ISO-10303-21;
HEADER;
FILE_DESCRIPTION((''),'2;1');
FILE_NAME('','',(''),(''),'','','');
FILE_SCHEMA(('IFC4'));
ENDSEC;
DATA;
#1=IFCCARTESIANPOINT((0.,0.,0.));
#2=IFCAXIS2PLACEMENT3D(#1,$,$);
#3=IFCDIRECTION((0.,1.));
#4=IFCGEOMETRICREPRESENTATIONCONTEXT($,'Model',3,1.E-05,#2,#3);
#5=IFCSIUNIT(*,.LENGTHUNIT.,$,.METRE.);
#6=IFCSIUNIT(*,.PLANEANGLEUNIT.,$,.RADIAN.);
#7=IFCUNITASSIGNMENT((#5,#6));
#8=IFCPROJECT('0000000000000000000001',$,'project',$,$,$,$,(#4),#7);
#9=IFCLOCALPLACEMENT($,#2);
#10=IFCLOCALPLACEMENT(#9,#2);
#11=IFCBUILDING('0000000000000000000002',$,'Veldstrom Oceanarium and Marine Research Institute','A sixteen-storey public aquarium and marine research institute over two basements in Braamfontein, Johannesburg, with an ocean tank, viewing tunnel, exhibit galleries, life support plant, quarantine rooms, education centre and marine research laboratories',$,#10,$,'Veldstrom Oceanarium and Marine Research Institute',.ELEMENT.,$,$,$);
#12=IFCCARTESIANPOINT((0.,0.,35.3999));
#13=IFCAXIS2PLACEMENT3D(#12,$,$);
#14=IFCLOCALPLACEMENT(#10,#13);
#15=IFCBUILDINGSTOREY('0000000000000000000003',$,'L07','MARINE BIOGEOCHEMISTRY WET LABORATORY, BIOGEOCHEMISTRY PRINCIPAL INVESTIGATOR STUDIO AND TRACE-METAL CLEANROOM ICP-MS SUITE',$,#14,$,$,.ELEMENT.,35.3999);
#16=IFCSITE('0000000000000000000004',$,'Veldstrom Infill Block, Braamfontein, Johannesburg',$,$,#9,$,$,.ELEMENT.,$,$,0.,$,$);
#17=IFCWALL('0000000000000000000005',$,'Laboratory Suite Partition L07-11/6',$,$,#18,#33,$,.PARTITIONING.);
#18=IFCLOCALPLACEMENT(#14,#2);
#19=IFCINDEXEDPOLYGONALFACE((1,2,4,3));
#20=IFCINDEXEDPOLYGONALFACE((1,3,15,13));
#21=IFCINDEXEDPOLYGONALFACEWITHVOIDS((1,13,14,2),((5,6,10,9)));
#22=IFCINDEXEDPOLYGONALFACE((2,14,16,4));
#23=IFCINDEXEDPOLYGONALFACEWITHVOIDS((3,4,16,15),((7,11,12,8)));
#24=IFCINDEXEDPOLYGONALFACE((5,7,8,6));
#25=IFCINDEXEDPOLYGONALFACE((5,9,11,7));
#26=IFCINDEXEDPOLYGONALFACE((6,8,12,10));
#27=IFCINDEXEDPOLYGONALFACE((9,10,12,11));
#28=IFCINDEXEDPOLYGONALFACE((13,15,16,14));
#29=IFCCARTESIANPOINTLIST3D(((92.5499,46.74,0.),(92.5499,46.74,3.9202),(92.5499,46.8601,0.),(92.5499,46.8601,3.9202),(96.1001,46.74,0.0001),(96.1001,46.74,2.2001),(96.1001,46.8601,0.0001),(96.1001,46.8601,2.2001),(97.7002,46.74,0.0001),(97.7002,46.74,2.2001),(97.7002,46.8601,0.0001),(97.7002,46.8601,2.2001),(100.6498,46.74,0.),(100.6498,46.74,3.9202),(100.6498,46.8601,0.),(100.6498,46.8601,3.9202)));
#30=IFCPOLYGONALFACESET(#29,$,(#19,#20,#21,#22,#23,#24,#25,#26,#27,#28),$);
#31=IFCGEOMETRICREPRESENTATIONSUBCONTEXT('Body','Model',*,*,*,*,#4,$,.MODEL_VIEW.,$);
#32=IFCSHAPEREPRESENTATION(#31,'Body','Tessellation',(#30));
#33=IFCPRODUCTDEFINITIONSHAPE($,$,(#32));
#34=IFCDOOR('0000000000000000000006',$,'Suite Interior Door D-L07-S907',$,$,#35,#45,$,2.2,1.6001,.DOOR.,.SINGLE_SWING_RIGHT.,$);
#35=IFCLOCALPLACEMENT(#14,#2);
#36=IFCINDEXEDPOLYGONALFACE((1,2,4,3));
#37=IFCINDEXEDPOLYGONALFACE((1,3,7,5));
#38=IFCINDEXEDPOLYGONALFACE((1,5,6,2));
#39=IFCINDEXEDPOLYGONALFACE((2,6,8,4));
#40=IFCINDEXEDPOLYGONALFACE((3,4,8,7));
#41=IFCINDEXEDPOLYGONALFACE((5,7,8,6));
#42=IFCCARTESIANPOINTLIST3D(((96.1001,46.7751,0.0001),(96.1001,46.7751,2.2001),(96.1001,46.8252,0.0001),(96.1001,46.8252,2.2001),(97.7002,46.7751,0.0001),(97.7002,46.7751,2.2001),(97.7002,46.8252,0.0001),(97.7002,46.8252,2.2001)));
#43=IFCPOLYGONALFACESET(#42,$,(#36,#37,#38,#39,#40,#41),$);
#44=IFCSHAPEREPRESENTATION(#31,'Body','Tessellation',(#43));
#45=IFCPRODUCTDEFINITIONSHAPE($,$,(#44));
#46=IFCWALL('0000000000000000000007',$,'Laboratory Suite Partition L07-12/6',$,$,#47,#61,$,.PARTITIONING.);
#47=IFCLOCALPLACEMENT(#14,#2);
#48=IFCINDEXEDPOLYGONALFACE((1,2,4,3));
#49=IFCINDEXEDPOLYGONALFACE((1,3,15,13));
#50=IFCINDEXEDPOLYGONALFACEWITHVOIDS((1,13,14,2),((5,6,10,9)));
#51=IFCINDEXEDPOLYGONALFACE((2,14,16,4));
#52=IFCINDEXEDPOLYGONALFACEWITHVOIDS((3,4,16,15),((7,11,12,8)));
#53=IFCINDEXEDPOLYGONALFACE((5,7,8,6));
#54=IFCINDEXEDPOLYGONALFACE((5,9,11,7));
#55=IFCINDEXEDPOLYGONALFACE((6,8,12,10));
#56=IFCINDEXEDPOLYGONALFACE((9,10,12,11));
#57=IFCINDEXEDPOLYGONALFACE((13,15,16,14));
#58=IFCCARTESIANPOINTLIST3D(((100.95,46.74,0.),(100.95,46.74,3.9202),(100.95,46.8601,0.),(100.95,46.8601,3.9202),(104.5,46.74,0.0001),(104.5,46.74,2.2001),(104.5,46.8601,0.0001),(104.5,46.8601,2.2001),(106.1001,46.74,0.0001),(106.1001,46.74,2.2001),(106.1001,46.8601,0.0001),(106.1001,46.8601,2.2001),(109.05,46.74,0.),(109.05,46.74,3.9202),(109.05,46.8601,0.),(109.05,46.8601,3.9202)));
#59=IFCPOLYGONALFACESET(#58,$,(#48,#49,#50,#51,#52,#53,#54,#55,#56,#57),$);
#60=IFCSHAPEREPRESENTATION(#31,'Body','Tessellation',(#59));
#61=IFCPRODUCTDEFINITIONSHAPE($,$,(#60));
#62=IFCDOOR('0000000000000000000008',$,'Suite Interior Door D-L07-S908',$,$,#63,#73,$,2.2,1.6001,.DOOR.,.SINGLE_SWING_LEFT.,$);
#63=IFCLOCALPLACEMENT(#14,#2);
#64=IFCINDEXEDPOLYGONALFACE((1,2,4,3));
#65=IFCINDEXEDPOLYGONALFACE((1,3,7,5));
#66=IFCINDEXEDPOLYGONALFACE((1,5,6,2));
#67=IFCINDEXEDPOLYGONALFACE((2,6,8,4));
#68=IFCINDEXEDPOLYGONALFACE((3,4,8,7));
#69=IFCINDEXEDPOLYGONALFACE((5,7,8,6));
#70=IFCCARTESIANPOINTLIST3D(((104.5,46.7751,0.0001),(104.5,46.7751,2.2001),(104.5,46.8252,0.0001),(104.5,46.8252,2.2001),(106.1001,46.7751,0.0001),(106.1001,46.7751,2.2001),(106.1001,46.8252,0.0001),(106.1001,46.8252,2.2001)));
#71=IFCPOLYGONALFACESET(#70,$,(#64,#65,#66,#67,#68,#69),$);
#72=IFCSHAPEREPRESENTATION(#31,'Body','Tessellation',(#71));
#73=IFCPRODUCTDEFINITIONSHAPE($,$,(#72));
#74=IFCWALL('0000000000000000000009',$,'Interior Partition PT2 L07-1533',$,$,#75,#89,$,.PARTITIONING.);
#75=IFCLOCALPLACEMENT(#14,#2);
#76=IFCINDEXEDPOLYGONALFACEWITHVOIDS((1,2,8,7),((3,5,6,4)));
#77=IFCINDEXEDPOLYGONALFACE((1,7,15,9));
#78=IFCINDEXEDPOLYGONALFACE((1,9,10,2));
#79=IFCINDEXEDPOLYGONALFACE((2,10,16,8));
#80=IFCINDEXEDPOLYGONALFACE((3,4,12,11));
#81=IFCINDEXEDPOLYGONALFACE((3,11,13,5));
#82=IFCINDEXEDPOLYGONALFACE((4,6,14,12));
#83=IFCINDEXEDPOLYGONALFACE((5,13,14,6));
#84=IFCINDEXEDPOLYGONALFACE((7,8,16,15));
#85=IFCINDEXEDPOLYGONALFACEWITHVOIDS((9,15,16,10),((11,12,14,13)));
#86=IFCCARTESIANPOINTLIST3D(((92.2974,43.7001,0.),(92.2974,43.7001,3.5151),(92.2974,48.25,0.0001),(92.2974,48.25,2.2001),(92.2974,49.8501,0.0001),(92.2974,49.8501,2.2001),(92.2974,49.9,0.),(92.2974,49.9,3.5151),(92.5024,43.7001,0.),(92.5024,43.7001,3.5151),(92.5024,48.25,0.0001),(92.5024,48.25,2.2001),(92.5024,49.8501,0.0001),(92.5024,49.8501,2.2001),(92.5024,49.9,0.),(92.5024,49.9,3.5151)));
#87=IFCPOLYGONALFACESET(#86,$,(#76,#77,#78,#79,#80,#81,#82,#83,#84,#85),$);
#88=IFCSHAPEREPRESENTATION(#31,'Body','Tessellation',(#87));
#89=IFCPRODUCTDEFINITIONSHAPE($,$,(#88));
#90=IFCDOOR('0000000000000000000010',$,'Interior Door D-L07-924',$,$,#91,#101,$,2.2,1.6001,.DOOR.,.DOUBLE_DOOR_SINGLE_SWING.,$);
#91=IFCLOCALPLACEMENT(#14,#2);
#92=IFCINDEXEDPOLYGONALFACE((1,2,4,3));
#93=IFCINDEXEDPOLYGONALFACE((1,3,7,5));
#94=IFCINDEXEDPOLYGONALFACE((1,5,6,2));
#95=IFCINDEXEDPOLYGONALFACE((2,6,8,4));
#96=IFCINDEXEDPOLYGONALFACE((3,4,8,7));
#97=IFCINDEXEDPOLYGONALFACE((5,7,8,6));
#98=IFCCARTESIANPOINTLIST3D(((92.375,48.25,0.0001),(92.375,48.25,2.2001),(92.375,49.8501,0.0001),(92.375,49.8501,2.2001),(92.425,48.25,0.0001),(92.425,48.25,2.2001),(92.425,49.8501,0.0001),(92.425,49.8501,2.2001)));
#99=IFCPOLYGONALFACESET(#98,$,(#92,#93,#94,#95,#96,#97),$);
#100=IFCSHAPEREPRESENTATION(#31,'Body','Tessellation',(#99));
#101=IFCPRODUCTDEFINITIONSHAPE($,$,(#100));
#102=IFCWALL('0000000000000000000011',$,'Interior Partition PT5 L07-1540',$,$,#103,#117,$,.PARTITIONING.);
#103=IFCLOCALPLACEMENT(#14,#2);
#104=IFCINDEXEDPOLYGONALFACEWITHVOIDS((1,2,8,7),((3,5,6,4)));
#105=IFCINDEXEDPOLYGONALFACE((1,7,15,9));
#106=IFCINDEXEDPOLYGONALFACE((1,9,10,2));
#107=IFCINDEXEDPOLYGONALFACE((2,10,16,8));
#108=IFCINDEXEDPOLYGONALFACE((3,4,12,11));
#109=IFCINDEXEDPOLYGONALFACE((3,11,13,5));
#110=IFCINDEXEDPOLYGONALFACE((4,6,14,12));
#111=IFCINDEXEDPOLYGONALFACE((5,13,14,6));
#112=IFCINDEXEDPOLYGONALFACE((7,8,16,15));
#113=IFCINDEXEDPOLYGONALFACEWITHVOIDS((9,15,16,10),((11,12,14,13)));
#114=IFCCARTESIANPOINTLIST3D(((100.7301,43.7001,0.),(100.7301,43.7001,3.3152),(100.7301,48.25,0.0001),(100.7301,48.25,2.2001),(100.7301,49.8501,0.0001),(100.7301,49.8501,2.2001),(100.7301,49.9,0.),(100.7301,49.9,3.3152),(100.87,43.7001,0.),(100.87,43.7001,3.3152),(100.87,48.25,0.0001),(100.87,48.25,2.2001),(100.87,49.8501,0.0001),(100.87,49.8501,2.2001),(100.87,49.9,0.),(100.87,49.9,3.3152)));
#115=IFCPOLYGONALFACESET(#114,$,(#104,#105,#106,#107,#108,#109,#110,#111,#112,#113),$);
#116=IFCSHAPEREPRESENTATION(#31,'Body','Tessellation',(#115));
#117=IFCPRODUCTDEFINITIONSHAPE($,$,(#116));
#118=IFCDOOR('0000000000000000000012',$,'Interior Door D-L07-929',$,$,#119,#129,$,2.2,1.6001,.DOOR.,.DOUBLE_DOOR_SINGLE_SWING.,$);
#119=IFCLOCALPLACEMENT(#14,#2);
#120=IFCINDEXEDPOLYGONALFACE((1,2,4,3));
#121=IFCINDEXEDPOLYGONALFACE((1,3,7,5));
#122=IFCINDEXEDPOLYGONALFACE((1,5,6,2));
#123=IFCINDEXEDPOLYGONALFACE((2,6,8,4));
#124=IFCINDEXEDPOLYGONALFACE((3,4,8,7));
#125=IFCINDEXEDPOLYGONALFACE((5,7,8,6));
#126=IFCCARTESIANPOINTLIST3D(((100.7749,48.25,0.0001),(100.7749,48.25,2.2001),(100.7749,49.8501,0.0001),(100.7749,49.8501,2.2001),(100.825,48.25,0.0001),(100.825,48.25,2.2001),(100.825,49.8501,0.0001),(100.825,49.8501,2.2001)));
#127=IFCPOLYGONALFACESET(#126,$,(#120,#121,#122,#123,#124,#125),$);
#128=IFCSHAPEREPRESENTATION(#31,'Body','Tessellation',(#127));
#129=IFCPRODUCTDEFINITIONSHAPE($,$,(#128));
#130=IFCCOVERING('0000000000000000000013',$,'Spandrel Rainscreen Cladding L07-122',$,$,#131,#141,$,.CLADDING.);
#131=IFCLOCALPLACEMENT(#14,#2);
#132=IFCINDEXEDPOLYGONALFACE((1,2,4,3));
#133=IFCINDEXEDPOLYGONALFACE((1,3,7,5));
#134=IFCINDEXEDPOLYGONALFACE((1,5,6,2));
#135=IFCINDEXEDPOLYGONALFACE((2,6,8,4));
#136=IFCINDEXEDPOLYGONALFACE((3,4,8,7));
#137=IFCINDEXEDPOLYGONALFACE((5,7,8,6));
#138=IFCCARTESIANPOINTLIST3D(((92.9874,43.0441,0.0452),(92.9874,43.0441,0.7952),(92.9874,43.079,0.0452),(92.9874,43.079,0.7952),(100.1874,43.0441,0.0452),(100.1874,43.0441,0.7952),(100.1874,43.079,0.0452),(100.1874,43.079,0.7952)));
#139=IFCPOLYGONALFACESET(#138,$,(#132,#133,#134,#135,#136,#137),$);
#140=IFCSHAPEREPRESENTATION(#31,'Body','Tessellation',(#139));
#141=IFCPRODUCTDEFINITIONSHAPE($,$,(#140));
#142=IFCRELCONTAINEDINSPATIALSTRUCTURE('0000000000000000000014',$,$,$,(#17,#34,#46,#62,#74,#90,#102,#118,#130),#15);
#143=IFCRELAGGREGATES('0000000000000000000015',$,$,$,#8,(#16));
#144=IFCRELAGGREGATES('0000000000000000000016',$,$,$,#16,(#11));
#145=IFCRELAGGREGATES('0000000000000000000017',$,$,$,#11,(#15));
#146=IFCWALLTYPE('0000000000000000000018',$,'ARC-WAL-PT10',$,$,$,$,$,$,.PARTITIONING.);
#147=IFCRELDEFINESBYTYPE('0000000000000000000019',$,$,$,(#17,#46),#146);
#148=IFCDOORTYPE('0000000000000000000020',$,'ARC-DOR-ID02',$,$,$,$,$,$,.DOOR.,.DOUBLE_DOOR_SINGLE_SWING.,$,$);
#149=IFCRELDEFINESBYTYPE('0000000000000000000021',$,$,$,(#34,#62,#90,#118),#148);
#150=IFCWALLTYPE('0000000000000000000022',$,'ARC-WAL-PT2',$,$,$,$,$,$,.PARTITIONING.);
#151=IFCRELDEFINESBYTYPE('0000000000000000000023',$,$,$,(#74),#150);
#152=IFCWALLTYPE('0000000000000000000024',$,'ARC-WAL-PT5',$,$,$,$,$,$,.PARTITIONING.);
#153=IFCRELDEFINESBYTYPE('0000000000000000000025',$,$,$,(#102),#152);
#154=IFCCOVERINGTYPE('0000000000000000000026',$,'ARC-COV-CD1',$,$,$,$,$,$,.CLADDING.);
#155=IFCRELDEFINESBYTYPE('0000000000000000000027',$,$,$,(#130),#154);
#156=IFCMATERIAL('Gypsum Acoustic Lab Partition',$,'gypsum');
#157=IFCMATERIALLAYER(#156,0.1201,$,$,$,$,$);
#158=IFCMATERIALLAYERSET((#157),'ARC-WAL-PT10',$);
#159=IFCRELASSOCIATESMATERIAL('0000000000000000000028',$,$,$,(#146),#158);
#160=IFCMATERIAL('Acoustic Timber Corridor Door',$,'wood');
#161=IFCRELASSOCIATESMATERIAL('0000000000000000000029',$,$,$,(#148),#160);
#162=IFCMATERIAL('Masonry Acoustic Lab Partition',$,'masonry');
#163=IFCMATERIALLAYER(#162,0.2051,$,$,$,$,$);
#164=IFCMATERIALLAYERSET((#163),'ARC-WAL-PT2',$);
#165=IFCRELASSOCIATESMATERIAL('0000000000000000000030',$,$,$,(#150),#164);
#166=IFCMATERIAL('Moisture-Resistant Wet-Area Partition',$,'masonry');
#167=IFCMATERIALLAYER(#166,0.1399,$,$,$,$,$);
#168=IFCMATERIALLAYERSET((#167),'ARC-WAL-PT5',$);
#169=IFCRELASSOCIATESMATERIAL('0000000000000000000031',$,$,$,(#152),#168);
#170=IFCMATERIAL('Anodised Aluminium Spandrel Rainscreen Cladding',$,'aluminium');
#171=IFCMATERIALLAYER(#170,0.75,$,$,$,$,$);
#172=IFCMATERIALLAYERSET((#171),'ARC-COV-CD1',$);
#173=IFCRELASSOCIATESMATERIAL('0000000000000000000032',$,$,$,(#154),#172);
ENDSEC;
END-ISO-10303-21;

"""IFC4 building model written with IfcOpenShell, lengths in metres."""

from ifc_helpers import new_model, si_unit, direction, frame, frame_2d, origin, origin_2d, place, context, subcontext, project, spatial, rectangle, extrude, material, layer, layer_set, type_object, element, fill, save


model = new_model("IFC4")

# Units and contexts
model_context = context("Model", 3, precision=1e-05, world=origin(), true_north=direction((0.0, 1.0)))
body_context = subcontext(model_context, "Body", "Model", "MODEL_VIEW")
ifc_project = project(units=[si_unit("LENGTHUNIT", "METRE"), si_unit("PLANEANGLEUNIT", "RADIAN")], contexts=[model_context])

# Site, building, storey
site_placement = place(None, origin())
site = spatial("IfcSite", under=ifc_project, at=site_placement, Name="Veldstrom Infill Block, Braamfontein, Johannesburg", CompositionType="ELEMENT", RefElevation=0.0)
building_placement = place(site_placement, origin())
building = spatial("IfcBuilding", under=site, at=building_placement, Name="Veldstrom Oceanarium and Marine Research Institute", Description="A sixteen-storey public aquarium and marine research institute over two basements in Braamfontein, Johannesburg, with an ocean tank, viewing tunnel, exhibit galleries, life support plant, quarantine rooms, education centre and marine research laboratories", LongName="Veldstrom Oceanarium and Marine Research Institute", CompositionType="ELEMENT")
storey_placement = place(building_placement, frame((0.0, 0.0, 35.3999)))
storey = spatial("IfcBuildingStorey", under=building, at=storey_placement, Name="L07", Description="MARINE BIOGEOCHEMISTRY WET LABORATORY, BIOGEOCHEMISTRY PRINCIPAL INVESTIGATOR STUDIO AND TRACE-METAL CLEANROOM ICP-MS SUITE", CompositionType="ELEMENT", Elevation=35.3999)

# Walls, openings, doors
ifc_material_1 = material(Name="Gypsum Acoustic Lab Partition", Category="gypsum")
ifc_layer_1 = layer(ifc_material_1, 0.1201)
ifc_layer_set_1 = layer_set([ifc_layer_1], Name="ARC-WAL-PT10")
wall_type_1 = type_object("IfcWallType", Name="ARC-WAL-PT10", PredefinedType="PARTITIONING", material=ifc_layer_set_1)
wall_1_placement = place(storey_placement, frame((92.55, 46.8, 0.0), z_axis=(0.0, 0.0, 1.0), x_axis=(1.0, 0.0, 0.0)))
wall_1 = element("IfcWall", 1, at=wall_1_placement, inside=storey, type_object=wall_type_1, Name="Laboratory Suite Partition L07-11/6", PredefinedType="PARTITIONING", context=body_context, shape_type="SweptSolid", body=[
    extrude(rectangle(XDim=8.0999, YDim=0.1201, at=frame_2d((4.0498, 0.0))), origin(), (0.0, 0.0, 1.0), 3.9202),
])
opening_1_placement = place(wall_1_placement, frame((3.55, 0.0, 0.0)))
opening_1 = element("IfcOpeningElement", 2, at=opening_1_placement, cuts=wall_1, PredefinedType="OPENING", context=body_context, shape_type="SweptSolid", body=[
    extrude(rectangle(XDim=1.6001, YDim=2.2, at=frame_2d((0.8, 1.1001))), frame((0.0, 0.0701, 0.0), z_axis=(0.0, -1.0, 0.0), x_axis=(1.0, 0.0, 0.0)), (0.0, 0.0, 1.0), 0.1401),
])
ifc_material_2 = material(Name="Acoustic Timber Corridor Door", Category="wood")
door_type_1 = type_object("IfcDoorType", Name="ARC-DOR-ID02", OperationType="DOUBLE_DOOR_SINGLE_SWING", PredefinedType="DOOR", material=ifc_material_2)
door_1_placement = place(opening_1_placement, frame((1.6001, 0.0, 0.0), z_axis=(0.0, 0.0, 1.0), x_axis=(-1.0, 0.0, 0.0)))
door_1 = element("IfcDoor", 3, at=door_1_placement, inside=storey, type_object=door_type_1, Name="Suite Interior Door D-L07-S907", OperationType="SINGLE_SWING_RIGHT", OverallHeight=2.2, OverallWidth=1.6001, PredefinedType="DOOR", context=body_context, shape_type="SweptSolid", body=[
    extrude(rectangle(XDim=1.6001, YDim=2.2, at=frame_2d((0.8, 1.1001))), frame((0.0, 0.0249, 0.0), z_axis=(0.0, -1.0, 0.0), x_axis=(1.0, 0.0, 0.0)), (0.0, 0.0, 1.0), 0.05),
])
fill(opening_1, door_1)
wall_2_placement = place(storey_placement, frame((100.95, 46.8, 0.0), z_axis=(0.0, 0.0, 1.0), x_axis=(1.0, 0.0, 0.0)))
wall_2 = element("IfcWall", 4, at=wall_2_placement, inside=storey, type_object=wall_type_1, Name="Laboratory Suite Partition L07-12/6", PredefinedType="PARTITIONING", context=body_context, shape_type="SweptSolid", body=[
    extrude(rectangle(XDim=8.1001, YDim=0.1201, at=frame_2d((4.05, 0.0))), origin(), (0.0, 0.0, 1.0), 3.9202),
])
opening_2_placement = place(wall_2_placement, frame((3.55, 0.0, 0.0)))
opening_2 = element("IfcOpeningElement", 5, at=opening_2_placement, cuts=wall_2, PredefinedType="OPENING", context=body_context, shape_type="SweptSolid", body=[
    extrude(rectangle(XDim=1.6001, YDim=2.2, at=frame_2d((0.8, 1.1001))), frame((0.0, 0.0701, 0.0), z_axis=(0.0, -1.0, 0.0), x_axis=(1.0, 0.0, 0.0)), (0.0, 0.0, 1.0), 0.1401),
])
door_2_placement = place(opening_2_placement, frame((1.6001, 0.0, 0.0), z_axis=(0.0, 0.0, 1.0), x_axis=(-1.0, 0.0, 0.0)))
door_2 = element("IfcDoor", 6, at=door_2_placement, inside=storey, type_object=door_type_1, Name="Suite Interior Door D-L07-S908", OperationType="SINGLE_SWING_LEFT", OverallHeight=2.2, OverallWidth=1.6001, PredefinedType="DOOR", context=body_context, shape_type="SweptSolid", body=[
    extrude(rectangle(XDim=1.6001, YDim=2.2, at=frame_2d((0.8, 1.1001))), frame((0.0, 0.0249, 0.0), z_axis=(0.0, -1.0, 0.0), x_axis=(1.0, 0.0, 0.0)), (0.0, 0.0, 1.0), 0.05),
])
fill(opening_2, door_2)
ifc_material_3 = material(Name="Masonry Acoustic Lab Partition", Category="masonry")
ifc_layer_2 = layer(ifc_material_3, 0.2051)
ifc_layer_set_2 = layer_set([ifc_layer_2], Name="ARC-WAL-PT2")
wall_type_2 = type_object("IfcWallType", Name="ARC-WAL-PT2", PredefinedType="PARTITIONING", material=ifc_layer_set_2)
wall_3_placement = place(storey_placement, frame((92.3999, 43.7, 0.0), z_axis=(0.0, 0.0, 1.0), x_axis=(0.0, 1.0, 0.0)))
wall_3 = element("IfcWall", 7, at=wall_3_placement, inside=storey, type_object=wall_type_2, Name="Interior Partition PT2 L07-1533", PredefinedType="PARTITIONING", context=body_context, shape_type="SweptSolid", body=[
    extrude(rectangle(XDim=6.2, YDim=0.2051, at=frame_2d((3.1001, 0.0))), origin(), (0.0, 0.0, 1.0), 3.5151),
])
opening_3_placement = place(wall_3_placement, frame((4.55, 0.0, 0.0)))
opening_3 = element("IfcOpeningElement", 8, at=opening_3_placement, cuts=wall_3, PredefinedType="OPENING", context=body_context, shape_type="SweptSolid", body=[
    extrude(rectangle(XDim=1.6001, YDim=2.2, at=frame_2d((0.8, 1.1001))), frame((0.0, 0.1125, 0.0), z_axis=(0.0, -1.0, 0.0), x_axis=(1.0, 0.0, 0.0)), (0.0, 0.0, 1.0), 0.2251),
])
door_3_placement = place(opening_3_placement, origin())
door_3 = element("IfcDoor", 9, at=door_3_placement, inside=storey, type_object=door_type_1, Name="Interior Door D-L07-924", OperationType="DOUBLE_DOOR_SINGLE_SWING", OverallHeight=2.2, OverallWidth=1.6001, PredefinedType="DOOR", context=body_context, shape_type="SweptSolid", body=[
    extrude(rectangle(XDim=1.6001, YDim=2.2, at=frame_2d((0.8, 1.1001))), frame((0.0, 0.0249, 0.0), z_axis=(0.0, -1.0, 0.0), x_axis=(1.0, 0.0, 0.0)), (0.0, 0.0, 1.0), 0.05),
])
fill(opening_3, door_3)
ifc_material_4 = material(Name="Moisture-Resistant Wet-Area Partition", Category="masonry")
ifc_layer_3 = layer(ifc_material_4, 0.1399)
ifc_layer_set_3 = layer_set([ifc_layer_3], Name="ARC-WAL-PT5")
wall_type_3 = type_object("IfcWallType", Name="ARC-WAL-PT5", PredefinedType="PARTITIONING", material=ifc_layer_set_3)
wall_4_placement = place(storey_placement, frame((100.8, 43.7, 0.0), z_axis=(0.0, 0.0, 1.0), x_axis=(0.0, 1.0, 0.0)))
wall_4 = element("IfcWall", 10, at=wall_4_placement, inside=storey, type_object=wall_type_3, Name="Interior Partition PT5 L07-1540", PredefinedType="PARTITIONING", context=body_context, shape_type="SweptSolid", body=[
    extrude(rectangle(XDim=6.2, YDim=0.1399, at=frame_2d((3.1001, 0.0))), origin(), (0.0, 0.0, 1.0), 3.3152),
])
opening_4_placement = place(wall_4_placement, frame((4.55, 0.0, 0.0)))
opening_4 = element("IfcOpeningElement", 11, at=opening_4_placement, cuts=wall_4, PredefinedType="OPENING", context=body_context, shape_type="SweptSolid", body=[
    extrude(rectangle(XDim=1.6001, YDim=2.2, at=frame_2d((0.8, 1.1001))), frame((0.0, 0.0798, 0.0), z_axis=(0.0, -1.0, 0.0), x_axis=(1.0, 0.0, 0.0)), (0.0, 0.0, 1.0), 0.1599),
])
door_4_placement = place(opening_4_placement, frame((1.6001, 0.0, 0.0), z_axis=(0.0, 0.0, 1.0), x_axis=(-1.0, 0.0, 0.0)))
door_4 = element("IfcDoor", 12, at=door_4_placement, inside=storey, type_object=door_type_1, Name="Interior Door D-L07-929", OperationType="DOUBLE_DOOR_SINGLE_SWING", OverallHeight=2.2, OverallWidth=1.6001, PredefinedType="DOOR", context=body_context, shape_type="SweptSolid", body=[
    extrude(rectangle(XDim=1.6001, YDim=2.2, at=frame_2d((0.8, 1.1001))), frame((0.0, 0.0249, 0.0), z_axis=(0.0, -1.0, 0.0), x_axis=(1.0, 0.0, 0.0)), (0.0, 0.0, 1.0), 0.05),
])
fill(opening_4, door_4)

# Covering
ifc_material_5 = material(Name="Anodised Aluminium Spandrel Rainscreen Cladding", Category="aluminium")
ifc_layer_4 = layer(ifc_material_5, 0.75)
ifc_layer_set_4 = layer_set([ifc_layer_4], Name="ARC-COV-CD1")
covering_type = type_object("IfcCoveringType", Name="ARC-COV-CD1", PredefinedType="CLADDING", material=ifc_layer_set_4)
covering_placement = place(storey_placement, frame((96.5874, 43.0615, 0.0452), z_axis=(0.0, 0.0, 1.0), x_axis=(1.0, 0.0, 0.0)))
element("IfcCovering", 13, at=covering_placement, inside=storey, type_object=covering_type, Name="Spandrel Rainscreen Cladding L07-122", PredefinedType="CLADDING", context=body_context, shape_type="SweptSolid", body=[
    extrude(rectangle(XDim=7.2, YDim=0.0349, at=origin_2d()), origin(), (0.0, 0.0, 1.0), 0.75),
])

save(model, "model.ifc")
